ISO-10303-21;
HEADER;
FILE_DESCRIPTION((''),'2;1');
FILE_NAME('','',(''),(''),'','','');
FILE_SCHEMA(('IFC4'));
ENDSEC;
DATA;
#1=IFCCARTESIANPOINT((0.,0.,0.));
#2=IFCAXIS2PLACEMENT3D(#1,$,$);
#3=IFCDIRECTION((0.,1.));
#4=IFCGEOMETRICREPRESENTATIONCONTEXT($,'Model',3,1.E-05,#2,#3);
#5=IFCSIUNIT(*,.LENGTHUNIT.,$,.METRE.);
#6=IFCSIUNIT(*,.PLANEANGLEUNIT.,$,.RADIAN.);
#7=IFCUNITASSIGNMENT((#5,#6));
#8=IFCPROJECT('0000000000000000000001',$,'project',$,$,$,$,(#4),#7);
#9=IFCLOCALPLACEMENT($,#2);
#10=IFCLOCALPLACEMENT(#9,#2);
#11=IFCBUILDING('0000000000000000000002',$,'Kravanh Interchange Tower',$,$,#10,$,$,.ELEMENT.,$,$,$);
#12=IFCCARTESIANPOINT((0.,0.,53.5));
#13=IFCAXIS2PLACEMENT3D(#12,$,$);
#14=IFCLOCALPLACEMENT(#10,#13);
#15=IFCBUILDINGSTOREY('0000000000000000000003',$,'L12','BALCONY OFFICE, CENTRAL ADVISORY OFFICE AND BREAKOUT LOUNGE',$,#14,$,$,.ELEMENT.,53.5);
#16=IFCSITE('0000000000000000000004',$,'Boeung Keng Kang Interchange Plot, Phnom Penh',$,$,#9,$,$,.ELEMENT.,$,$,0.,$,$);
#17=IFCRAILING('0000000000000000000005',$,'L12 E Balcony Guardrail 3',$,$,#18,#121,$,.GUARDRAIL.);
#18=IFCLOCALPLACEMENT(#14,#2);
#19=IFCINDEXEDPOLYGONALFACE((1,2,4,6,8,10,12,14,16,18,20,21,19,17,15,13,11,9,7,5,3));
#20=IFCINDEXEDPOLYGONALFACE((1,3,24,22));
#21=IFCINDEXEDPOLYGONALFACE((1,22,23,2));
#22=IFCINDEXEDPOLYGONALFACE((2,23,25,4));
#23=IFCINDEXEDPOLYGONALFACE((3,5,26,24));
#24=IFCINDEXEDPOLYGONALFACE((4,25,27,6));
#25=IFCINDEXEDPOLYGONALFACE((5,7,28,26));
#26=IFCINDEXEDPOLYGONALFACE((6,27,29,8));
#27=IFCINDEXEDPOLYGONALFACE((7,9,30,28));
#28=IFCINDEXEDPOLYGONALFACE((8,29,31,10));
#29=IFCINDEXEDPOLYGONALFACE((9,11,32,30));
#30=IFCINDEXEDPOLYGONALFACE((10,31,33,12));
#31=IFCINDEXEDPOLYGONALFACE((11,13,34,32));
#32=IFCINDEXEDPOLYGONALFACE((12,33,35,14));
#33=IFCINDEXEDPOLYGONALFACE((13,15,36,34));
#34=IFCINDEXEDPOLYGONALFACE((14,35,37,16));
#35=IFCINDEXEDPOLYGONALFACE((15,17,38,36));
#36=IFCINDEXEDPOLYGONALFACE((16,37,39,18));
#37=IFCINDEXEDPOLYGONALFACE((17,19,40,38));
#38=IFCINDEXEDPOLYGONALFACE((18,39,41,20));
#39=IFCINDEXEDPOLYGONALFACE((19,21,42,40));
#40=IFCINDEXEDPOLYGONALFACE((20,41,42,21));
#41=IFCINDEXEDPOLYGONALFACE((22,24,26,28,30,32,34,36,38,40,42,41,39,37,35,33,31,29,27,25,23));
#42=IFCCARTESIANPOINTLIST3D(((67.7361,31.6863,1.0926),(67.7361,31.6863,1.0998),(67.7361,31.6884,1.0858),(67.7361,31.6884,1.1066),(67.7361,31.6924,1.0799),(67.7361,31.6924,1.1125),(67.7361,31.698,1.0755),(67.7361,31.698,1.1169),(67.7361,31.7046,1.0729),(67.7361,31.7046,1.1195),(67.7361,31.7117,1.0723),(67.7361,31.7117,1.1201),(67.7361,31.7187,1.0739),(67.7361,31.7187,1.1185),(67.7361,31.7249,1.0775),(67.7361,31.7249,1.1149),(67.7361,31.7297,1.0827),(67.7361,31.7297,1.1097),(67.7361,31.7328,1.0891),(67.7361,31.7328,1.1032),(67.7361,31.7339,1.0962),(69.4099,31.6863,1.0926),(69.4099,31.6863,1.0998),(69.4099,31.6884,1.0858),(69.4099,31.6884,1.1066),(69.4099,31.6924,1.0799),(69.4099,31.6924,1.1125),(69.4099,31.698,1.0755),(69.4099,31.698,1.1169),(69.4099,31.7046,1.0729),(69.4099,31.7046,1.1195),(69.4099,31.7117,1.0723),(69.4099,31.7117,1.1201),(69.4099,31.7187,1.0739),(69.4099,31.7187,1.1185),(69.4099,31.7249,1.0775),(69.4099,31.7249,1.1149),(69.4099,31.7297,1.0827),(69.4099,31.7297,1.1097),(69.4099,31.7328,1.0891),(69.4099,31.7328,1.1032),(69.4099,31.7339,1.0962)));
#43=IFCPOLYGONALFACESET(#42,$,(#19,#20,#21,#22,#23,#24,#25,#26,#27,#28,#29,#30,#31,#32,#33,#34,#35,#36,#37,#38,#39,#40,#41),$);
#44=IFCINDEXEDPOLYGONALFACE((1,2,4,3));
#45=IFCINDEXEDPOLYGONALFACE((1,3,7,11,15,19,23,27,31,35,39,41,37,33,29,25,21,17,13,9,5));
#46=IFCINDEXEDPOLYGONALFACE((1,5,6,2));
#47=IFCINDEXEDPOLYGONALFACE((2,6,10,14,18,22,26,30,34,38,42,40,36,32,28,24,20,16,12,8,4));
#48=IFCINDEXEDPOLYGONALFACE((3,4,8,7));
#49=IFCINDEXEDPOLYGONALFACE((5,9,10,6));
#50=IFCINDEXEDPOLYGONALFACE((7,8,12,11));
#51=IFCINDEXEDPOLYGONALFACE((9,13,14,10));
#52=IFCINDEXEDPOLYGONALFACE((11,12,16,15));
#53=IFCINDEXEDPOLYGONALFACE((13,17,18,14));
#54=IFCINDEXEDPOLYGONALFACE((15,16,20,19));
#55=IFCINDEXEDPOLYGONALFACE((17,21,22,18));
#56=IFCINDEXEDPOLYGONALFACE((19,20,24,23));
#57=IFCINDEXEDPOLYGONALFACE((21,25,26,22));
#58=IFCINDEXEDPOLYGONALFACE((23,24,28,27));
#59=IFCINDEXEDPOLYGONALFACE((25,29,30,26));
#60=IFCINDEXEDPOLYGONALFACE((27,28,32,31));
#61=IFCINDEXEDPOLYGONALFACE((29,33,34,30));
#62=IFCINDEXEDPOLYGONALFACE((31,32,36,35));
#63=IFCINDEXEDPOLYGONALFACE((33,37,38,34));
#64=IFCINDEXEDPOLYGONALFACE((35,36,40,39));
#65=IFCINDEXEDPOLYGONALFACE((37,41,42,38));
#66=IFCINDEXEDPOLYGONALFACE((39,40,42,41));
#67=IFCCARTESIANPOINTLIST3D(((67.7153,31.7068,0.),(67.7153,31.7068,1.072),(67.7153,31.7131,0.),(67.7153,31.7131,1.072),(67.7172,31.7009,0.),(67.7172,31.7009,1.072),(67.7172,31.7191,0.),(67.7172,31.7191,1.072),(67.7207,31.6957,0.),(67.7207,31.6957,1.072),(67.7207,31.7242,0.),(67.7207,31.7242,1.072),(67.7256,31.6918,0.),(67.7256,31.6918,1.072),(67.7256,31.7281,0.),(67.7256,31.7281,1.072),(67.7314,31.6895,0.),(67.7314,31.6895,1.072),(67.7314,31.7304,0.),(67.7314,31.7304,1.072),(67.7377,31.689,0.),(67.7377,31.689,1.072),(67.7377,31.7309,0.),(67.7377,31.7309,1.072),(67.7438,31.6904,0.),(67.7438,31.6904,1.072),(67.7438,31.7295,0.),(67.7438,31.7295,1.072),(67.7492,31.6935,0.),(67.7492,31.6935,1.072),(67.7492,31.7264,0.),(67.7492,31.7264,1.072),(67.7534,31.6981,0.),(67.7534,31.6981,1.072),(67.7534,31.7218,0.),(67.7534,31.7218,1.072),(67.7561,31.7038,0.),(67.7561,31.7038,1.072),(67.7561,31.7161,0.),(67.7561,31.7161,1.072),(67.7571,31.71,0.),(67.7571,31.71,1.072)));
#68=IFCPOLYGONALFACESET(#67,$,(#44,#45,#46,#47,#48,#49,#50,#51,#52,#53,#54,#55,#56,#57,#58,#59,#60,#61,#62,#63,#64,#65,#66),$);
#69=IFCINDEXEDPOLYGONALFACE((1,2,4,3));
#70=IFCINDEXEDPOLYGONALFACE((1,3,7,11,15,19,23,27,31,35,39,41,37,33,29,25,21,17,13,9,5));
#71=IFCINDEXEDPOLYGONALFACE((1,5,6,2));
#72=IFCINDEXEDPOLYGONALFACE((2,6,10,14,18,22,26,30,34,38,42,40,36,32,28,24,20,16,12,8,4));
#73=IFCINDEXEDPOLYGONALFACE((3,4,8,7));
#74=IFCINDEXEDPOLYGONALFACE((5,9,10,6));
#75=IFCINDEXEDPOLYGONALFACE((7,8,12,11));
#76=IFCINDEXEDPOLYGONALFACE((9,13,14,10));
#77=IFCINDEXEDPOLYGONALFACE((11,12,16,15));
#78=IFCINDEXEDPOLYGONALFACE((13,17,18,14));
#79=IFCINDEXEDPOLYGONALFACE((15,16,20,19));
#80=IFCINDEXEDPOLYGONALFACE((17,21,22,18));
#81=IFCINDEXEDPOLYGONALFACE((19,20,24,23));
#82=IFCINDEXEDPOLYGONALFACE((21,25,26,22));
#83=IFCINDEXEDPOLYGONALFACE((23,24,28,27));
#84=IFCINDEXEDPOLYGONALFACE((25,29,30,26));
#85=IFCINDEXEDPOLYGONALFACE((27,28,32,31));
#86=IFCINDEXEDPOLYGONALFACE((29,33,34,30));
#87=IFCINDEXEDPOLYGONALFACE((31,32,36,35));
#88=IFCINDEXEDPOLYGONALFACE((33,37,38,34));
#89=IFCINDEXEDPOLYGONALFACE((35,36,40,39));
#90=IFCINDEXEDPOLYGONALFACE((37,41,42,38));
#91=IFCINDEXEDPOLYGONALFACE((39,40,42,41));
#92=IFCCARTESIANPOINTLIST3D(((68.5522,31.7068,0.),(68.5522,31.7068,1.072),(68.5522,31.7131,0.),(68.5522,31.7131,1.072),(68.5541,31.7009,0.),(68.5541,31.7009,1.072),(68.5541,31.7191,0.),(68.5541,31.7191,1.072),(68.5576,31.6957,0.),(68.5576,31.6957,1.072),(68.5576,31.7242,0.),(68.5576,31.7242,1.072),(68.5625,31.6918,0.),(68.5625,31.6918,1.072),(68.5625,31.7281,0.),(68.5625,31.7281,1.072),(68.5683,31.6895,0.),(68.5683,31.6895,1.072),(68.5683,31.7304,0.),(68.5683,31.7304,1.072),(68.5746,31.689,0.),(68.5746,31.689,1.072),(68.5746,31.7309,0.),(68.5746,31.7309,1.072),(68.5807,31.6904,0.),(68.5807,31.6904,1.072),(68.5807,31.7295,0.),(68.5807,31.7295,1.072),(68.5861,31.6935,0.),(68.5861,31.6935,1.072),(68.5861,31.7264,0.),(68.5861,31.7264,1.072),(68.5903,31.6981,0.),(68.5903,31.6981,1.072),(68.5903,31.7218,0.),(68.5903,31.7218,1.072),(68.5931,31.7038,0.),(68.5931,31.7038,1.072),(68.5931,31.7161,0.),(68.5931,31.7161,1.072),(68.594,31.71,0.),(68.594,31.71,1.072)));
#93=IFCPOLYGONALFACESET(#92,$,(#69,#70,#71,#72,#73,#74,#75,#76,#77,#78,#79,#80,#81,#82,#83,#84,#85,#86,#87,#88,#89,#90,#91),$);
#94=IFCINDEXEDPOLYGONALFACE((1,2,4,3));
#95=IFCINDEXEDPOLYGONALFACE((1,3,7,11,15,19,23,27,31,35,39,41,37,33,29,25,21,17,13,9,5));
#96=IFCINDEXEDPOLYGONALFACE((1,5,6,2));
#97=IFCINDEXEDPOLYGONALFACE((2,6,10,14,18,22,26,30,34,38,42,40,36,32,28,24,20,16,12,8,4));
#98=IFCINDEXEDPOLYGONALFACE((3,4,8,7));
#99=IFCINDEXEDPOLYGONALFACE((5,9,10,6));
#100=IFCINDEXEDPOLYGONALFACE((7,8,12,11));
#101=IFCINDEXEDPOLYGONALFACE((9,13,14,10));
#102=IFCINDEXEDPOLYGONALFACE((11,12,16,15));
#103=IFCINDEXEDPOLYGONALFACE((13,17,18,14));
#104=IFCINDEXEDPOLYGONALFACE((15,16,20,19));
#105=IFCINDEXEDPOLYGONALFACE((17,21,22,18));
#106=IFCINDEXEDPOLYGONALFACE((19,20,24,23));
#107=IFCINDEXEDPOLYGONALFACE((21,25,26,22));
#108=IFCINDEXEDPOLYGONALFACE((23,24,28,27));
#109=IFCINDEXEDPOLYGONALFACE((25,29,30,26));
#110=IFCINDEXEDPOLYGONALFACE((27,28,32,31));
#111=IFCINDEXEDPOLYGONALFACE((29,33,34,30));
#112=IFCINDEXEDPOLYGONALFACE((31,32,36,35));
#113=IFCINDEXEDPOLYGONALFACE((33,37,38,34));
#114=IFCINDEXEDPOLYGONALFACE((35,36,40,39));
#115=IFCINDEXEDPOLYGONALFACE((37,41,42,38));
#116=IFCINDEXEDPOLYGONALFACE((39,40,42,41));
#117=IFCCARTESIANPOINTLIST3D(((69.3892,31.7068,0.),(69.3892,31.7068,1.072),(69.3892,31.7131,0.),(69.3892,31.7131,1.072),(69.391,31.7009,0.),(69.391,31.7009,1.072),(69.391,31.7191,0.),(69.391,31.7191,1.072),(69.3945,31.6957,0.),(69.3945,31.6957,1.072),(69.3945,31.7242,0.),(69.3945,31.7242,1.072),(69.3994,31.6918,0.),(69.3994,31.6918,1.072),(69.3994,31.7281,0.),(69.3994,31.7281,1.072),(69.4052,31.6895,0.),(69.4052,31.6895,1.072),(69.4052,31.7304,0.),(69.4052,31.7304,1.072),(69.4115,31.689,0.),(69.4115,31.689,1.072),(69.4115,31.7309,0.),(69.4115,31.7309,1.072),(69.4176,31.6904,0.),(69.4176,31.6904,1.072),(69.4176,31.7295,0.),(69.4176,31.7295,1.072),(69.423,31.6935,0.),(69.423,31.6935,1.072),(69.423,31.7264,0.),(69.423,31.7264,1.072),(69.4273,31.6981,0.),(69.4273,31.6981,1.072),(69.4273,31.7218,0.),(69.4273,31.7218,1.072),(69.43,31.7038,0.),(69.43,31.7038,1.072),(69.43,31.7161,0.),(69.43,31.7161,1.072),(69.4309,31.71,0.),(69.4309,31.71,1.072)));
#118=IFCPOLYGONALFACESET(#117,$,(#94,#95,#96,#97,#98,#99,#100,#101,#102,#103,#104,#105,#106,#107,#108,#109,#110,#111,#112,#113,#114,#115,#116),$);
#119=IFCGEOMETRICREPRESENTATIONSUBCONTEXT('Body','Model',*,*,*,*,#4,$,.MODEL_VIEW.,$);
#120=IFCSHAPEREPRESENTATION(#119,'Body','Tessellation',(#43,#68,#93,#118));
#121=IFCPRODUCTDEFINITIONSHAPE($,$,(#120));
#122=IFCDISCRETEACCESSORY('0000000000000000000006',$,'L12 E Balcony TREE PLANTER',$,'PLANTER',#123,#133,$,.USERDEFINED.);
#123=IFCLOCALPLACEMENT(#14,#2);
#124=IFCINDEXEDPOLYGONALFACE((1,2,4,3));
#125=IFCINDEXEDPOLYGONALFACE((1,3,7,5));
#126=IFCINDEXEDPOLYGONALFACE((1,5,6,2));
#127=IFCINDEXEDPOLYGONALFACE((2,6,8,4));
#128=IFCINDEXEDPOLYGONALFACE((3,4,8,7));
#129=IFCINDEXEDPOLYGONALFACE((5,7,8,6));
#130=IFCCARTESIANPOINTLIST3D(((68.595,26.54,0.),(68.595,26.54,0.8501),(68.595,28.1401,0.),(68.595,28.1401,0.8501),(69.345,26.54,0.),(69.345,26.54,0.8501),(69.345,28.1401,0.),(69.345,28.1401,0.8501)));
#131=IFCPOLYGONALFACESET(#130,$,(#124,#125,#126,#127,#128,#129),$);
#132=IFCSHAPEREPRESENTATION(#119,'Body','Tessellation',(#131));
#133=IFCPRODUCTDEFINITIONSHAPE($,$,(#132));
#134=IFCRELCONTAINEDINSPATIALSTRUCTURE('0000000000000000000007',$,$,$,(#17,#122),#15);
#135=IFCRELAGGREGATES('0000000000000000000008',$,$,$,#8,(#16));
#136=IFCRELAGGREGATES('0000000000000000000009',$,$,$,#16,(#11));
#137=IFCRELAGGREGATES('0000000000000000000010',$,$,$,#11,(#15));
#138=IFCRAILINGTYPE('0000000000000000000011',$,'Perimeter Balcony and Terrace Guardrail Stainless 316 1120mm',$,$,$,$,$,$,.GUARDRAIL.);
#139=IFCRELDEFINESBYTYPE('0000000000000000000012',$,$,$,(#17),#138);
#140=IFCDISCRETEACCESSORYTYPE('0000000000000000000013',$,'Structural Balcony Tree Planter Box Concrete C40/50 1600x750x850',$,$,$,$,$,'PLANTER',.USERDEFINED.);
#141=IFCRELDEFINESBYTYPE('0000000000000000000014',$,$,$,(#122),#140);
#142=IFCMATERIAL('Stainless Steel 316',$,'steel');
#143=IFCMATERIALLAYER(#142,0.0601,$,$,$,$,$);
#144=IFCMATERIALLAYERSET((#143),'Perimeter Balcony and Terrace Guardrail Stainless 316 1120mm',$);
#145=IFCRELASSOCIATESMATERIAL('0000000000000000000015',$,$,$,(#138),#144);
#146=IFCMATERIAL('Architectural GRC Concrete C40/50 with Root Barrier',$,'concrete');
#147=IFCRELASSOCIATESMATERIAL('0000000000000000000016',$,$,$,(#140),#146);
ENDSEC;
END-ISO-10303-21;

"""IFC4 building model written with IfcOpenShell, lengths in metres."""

from ifc_helpers import new_model, si_unit, direction, frame, origin, origin_2d, place, context, subcontext, project, spatial, rectangle, circle, extrude, material, layer, layer_set, type_object, element, save


model = new_model("IFC4")

# Units and contexts
model_context = context("Model", 3, precision=1e-05, world=origin(), true_north=direction((0.0, 1.0)))
body_context = subcontext(model_context, "Body", "Model", "MODEL_VIEW")
ifc_project = project(units=[si_unit("LENGTHUNIT", "METRE"), si_unit("PLANEANGLEUNIT", "RADIAN")], contexts=[model_context])

# Site, building, storey
site_placement = place(None, origin())
site = spatial("IfcSite", under=ifc_project, at=site_placement, Name="Boeung Keng Kang Interchange Plot, Phnom Penh", CompositionType="ELEMENT", RefElevation=0.0)
building_placement = place(site_placement, origin())
building = spatial("IfcBuilding", under=site, at=building_placement, Name="Kravanh Interchange Tower", CompositionType="ELEMENT")
storey_placement = place(building_placement, frame((0.0, 0.0, 53.5)))
storey = spatial("IfcBuildingStorey", under=building, at=storey_placement, Name="L12", Description="BALCONY OFFICE, CENTRAL ADVISORY OFFICE AND BREAKOUT LOUNGE", CompositionType="ELEMENT", Elevation=53.5)

# Railing
ifc_material_1 = material(Name="Stainless Steel 316", Category="steel")
ifc_layer_1 = layer(ifc_material_1, 0.0601)
ifc_layer_set_1 = layer_set([ifc_layer_1], Name="Perimeter Balcony and Terrace Guardrail Stainless 316 1120mm")
railing_type = type_object("IfcRailingType", Name="Perimeter Balcony and Terrace Guardrail Stainless 316 1120mm", PredefinedType="GUARDRAIL", material=ifc_layer_set_1)
railing_1_placement = place(storey_placement, frame((67.7361, 31.71, 0.0)))
element("IfcRailing", 1, at=railing_1_placement, inside=storey, type_object=railing_type, Name="L12 E Balcony Guardrail 3", PredefinedType="GUARDRAIL", context=body_context, shape_type="SweptSolid", body=[
    extrude(circle(Radius=0.0239, at=origin_2d()), frame((0.0, 0.0, 1.0962), z_axis=(1.0, 0.0, 0.0), x_axis=(0.0, 1.0, 0.0)), (0.0, 0.0, 1.0), 1.6738),
    extrude(circle(Radius=0.021, at=origin_2d()), origin(), (0.0, 0.0, 1.0), 1.072),
    extrude(circle(Radius=0.021, at=origin_2d()), frame((0.8369, 0.0, 0.0)), (0.0, 0.0, 1.0), 1.072),
    extrude(circle(Radius=0.021, at=origin_2d()), frame((1.6738, 0.0, 0.0)), (0.0, 0.0, 1.0), 1.072),
])

# Discrete accessory
ifc_material_2 = material(Name="Architectural GRC Concrete C40/50 with Root Barrier", Category="concrete")
discrete_accessory_type = type_object("IfcDiscreteAccessoryType", Name="Structural Balcony Tree Planter Box Concrete C40/50 1600x750x850", ElementType="PLANTER", PredefinedType="USERDEFINED", material=ifc_material_2)
discrete_accessory_placement = place(storey_placement, frame((68.97, 27.3401, 0.0), z_axis=(0.0, 0.0, 1.0), x_axis=(1.0, 0.0, 0.0)))
element("IfcDiscreteAccessory", 2, at=discrete_accessory_placement, inside=storey, type_object=discrete_accessory_type, Name="L12 E Balcony TREE PLANTER", ObjectType="PLANTER", PredefinedType="USERDEFINED", context=body_context, shape_type="SweptSolid", body=[
    extrude(rectangle(XDim=0.75, YDim=1.6001, at=origin_2d()), origin(), (0.0, 0.0, 1.0), 0.8501),
])

save(model, "model.ifc")
